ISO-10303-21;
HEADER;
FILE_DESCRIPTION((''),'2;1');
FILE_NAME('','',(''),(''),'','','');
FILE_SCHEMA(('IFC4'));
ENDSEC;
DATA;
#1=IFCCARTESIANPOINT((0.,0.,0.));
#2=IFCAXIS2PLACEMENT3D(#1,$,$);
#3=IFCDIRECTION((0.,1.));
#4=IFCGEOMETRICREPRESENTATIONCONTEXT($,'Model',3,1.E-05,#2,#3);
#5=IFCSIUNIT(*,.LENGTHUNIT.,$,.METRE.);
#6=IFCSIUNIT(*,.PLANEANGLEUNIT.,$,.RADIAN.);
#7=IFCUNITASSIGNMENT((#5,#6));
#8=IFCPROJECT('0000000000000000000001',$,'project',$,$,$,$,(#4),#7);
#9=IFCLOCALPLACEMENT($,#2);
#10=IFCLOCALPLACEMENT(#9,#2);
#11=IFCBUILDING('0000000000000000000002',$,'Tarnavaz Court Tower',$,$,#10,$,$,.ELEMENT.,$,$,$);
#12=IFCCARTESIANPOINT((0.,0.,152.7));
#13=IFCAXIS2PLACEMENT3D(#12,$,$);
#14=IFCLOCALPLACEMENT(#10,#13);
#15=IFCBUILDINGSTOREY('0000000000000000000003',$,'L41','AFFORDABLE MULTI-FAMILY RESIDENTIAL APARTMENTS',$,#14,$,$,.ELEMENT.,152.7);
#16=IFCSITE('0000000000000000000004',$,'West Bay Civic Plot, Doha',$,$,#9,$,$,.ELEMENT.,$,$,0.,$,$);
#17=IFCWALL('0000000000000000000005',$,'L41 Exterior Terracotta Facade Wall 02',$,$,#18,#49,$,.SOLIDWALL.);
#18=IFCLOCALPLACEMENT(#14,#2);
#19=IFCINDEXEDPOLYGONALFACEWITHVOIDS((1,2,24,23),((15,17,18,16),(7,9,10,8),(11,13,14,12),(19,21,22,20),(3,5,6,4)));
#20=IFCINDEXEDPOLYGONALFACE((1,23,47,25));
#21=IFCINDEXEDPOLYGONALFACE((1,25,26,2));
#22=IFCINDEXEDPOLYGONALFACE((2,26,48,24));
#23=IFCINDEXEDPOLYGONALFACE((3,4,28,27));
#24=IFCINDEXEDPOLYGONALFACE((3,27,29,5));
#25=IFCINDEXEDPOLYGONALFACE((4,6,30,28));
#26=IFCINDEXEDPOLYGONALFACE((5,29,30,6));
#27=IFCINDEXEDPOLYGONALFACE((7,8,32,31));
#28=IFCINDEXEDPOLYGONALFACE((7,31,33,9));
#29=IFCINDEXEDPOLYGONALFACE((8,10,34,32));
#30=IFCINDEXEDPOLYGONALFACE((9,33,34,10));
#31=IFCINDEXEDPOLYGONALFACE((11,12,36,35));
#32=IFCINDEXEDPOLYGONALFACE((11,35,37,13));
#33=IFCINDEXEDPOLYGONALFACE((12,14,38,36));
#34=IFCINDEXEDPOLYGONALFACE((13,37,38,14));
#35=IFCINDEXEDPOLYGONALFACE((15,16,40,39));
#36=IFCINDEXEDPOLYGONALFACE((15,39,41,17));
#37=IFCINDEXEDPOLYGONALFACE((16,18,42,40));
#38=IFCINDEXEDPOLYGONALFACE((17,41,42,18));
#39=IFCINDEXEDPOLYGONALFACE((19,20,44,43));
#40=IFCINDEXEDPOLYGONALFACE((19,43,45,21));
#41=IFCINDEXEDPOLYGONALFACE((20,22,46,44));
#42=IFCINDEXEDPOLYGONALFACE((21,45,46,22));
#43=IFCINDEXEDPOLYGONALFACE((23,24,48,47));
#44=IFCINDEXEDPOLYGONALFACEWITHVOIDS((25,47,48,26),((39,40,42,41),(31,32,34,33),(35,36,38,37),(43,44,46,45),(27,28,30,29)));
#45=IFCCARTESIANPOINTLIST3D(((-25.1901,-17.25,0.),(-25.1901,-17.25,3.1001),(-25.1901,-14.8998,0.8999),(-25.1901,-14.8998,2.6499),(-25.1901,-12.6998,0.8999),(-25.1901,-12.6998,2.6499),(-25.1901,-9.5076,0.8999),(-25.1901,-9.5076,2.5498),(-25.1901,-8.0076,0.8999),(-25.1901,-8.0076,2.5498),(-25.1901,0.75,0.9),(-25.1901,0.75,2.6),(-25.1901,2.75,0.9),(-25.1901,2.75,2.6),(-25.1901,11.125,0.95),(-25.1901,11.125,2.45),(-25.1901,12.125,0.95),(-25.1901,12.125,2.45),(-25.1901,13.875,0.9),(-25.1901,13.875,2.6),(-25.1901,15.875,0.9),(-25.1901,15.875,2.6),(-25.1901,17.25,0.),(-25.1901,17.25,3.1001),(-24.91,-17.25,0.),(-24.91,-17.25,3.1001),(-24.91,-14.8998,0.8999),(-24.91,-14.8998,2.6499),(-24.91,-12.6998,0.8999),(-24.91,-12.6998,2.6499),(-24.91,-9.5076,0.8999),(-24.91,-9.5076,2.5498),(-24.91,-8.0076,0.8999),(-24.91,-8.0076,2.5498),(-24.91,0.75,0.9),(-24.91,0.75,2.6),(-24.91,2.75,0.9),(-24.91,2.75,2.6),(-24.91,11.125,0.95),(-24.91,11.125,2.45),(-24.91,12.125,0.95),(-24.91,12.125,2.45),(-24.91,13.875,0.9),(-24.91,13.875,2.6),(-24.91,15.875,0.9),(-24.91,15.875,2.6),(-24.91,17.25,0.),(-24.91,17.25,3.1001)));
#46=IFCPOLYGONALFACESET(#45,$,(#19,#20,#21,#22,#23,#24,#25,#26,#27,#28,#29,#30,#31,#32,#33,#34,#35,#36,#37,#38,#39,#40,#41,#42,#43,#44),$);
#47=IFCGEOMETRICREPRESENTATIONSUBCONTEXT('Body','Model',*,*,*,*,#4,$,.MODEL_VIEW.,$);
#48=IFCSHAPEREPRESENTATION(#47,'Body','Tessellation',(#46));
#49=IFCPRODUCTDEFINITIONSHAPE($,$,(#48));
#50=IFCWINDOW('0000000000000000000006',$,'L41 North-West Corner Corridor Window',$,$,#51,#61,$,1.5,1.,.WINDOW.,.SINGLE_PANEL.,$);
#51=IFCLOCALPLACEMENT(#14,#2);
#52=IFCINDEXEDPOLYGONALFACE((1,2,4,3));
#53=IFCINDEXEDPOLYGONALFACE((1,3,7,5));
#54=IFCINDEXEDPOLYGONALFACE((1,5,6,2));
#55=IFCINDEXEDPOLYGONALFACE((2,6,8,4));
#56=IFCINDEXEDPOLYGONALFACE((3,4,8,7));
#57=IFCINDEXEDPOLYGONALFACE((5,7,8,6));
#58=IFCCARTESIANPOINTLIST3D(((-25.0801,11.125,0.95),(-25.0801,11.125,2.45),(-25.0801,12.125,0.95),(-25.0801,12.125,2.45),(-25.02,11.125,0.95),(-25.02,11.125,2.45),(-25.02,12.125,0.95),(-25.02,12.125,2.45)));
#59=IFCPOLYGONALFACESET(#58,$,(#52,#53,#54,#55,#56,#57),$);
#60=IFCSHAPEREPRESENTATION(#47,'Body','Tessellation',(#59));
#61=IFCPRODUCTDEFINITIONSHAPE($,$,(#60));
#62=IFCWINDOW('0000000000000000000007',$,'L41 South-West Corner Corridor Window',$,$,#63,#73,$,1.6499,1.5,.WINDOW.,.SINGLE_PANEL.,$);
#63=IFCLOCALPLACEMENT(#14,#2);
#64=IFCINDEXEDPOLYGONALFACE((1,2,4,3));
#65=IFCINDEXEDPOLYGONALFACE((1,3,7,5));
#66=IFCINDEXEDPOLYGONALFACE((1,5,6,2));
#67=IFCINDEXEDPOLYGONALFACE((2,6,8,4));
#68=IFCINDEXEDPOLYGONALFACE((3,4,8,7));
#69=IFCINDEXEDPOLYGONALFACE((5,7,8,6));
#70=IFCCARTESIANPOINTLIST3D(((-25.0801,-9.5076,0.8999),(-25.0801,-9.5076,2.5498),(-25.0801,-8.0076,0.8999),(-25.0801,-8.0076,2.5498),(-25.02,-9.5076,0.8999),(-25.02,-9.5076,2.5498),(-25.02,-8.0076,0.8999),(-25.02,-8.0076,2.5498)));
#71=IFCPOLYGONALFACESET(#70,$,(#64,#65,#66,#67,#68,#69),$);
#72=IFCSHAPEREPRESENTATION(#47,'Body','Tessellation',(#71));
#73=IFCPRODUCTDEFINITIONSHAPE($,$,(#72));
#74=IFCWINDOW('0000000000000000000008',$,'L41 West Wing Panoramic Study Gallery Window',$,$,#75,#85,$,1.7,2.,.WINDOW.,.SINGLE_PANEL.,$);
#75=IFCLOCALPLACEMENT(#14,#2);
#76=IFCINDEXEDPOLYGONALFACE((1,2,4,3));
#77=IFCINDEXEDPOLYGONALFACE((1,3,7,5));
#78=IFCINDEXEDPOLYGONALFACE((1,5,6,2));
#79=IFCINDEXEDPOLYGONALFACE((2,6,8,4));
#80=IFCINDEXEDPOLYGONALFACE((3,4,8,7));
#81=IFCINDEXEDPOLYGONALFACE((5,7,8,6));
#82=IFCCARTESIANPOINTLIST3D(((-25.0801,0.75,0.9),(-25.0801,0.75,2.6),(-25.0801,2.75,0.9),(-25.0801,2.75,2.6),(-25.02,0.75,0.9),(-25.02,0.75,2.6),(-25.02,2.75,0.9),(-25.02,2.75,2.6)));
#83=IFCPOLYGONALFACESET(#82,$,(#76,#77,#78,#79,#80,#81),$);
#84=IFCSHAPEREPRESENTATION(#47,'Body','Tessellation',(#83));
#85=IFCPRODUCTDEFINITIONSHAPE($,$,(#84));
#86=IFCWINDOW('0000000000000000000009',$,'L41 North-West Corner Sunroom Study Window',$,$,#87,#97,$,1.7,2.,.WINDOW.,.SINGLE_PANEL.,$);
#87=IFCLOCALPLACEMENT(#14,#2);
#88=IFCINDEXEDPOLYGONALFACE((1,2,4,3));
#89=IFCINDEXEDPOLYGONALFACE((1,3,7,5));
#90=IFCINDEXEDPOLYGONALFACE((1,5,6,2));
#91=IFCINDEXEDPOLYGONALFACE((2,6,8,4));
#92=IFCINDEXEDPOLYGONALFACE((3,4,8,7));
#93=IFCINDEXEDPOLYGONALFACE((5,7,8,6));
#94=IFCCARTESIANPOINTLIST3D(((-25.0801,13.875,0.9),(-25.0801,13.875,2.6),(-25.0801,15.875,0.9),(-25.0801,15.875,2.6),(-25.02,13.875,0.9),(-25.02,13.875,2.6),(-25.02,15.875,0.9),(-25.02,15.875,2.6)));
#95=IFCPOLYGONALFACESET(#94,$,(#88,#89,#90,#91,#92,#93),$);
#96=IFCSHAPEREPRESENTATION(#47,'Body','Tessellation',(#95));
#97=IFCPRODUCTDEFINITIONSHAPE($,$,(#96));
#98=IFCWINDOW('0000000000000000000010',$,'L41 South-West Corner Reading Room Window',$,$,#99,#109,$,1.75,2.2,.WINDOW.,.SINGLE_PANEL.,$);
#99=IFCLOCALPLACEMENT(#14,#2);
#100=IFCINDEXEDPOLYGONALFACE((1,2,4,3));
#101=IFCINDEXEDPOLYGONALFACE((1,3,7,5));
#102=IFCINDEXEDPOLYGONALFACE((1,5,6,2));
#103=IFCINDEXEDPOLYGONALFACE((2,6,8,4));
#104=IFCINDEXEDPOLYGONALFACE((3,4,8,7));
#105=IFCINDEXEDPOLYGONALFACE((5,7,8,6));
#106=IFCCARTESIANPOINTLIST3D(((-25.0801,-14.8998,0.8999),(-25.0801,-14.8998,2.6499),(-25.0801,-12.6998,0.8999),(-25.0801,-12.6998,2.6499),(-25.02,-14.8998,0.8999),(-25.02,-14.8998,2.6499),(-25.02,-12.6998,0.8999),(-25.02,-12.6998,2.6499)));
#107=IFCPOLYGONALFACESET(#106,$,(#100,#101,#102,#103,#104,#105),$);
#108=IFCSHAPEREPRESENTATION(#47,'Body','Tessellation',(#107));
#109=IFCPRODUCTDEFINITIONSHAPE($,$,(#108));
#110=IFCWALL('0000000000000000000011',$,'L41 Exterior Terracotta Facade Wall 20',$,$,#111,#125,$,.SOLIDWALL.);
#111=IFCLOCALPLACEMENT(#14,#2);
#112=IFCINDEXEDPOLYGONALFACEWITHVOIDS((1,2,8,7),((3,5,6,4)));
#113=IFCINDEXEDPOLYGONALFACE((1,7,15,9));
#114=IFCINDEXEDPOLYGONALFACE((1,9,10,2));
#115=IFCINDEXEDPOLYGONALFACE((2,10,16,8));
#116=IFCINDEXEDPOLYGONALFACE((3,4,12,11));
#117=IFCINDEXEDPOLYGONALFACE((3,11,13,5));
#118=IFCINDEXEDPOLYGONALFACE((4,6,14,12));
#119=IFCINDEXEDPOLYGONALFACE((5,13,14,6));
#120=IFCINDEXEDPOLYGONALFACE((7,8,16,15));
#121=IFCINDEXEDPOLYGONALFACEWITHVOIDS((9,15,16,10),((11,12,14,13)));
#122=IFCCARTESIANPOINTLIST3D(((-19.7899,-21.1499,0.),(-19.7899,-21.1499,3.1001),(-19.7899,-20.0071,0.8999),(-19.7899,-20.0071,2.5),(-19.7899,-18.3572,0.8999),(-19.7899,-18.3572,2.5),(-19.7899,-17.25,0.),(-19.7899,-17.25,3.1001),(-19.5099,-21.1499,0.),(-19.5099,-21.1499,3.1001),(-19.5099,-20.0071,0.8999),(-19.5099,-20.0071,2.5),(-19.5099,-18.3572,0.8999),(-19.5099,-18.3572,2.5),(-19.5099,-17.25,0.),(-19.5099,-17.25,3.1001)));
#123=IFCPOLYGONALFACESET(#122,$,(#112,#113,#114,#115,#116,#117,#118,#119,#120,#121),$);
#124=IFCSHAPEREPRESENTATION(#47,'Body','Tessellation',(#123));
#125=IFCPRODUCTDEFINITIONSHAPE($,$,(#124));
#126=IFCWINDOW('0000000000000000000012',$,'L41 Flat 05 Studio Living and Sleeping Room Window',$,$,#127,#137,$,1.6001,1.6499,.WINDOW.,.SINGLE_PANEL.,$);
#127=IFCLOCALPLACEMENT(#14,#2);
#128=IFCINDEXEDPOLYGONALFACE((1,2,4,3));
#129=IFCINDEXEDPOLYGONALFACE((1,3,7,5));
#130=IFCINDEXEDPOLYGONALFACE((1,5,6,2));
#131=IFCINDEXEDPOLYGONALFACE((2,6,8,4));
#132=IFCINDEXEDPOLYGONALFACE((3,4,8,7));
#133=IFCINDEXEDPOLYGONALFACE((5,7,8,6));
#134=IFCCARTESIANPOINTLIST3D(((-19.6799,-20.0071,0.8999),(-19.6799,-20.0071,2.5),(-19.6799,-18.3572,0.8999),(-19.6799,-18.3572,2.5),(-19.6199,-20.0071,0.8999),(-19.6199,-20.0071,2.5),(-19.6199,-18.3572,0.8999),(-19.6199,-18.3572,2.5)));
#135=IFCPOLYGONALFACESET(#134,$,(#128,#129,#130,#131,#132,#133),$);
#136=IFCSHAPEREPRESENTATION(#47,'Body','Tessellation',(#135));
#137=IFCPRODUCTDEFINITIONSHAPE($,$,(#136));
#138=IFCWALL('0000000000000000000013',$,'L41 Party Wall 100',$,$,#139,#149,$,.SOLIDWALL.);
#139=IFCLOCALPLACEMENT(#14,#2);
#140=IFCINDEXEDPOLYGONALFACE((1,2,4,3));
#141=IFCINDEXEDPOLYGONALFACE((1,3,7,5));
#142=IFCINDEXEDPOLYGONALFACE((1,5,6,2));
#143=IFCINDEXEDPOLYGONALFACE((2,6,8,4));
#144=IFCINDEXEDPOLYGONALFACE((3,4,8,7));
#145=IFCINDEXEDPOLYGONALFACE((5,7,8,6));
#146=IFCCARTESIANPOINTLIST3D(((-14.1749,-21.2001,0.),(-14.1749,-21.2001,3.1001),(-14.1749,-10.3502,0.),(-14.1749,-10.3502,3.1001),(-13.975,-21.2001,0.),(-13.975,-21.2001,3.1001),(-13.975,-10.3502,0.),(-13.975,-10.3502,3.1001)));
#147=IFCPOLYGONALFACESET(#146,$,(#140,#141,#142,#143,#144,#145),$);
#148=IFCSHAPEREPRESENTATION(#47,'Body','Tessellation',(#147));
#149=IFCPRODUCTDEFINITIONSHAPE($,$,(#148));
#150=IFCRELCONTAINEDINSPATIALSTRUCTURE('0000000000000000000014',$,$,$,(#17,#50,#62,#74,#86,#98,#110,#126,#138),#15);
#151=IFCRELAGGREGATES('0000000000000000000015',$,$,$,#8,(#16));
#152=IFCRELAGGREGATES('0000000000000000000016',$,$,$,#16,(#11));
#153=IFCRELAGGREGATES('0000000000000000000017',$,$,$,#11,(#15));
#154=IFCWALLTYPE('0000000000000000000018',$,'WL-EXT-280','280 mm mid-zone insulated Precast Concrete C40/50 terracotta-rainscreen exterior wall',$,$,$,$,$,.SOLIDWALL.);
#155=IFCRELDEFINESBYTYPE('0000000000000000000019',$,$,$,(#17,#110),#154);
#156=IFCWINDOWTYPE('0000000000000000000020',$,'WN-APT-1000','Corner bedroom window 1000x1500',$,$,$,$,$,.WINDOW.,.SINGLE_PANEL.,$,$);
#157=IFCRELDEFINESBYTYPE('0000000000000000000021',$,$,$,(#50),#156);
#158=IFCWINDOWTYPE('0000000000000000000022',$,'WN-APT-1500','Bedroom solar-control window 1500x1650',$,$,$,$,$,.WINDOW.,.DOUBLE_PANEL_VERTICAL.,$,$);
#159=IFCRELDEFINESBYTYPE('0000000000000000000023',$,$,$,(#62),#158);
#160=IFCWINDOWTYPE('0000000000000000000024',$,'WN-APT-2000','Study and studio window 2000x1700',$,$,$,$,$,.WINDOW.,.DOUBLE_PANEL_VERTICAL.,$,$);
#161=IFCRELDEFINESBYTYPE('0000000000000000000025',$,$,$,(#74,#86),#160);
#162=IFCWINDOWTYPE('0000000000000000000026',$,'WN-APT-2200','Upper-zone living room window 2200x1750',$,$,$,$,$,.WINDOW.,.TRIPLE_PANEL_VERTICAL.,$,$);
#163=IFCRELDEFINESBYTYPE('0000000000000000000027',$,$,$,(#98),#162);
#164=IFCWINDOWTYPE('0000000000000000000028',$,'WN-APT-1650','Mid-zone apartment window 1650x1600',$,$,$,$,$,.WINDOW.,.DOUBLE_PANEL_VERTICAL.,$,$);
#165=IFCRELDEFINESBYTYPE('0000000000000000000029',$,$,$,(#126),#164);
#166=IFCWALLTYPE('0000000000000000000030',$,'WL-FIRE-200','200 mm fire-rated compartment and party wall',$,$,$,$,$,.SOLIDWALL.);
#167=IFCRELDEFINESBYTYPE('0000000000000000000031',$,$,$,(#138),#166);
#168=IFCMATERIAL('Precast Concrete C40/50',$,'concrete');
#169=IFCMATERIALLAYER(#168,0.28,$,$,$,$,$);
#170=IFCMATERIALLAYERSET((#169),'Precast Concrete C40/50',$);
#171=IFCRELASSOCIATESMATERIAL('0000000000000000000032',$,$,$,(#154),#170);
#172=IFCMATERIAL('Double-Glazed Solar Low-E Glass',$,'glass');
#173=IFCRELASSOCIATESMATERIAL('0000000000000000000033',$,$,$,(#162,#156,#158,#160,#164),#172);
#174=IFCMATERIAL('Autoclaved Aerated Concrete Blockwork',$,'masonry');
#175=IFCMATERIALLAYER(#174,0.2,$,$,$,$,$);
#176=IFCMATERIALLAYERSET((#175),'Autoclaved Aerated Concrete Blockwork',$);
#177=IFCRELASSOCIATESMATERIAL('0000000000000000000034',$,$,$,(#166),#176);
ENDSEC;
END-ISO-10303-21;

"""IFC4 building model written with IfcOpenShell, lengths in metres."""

from ifc_helpers import new_model, si_unit, direction, frame, frame_2d, origin, place, context, subcontext, project, spatial, rectangle, extrude, material, layer, layer_set, type_object, element, fill, save


model = new_model("IFC4")

# Units and contexts
model_context = context("Model", 3, precision=1e-05, world=origin(), true_north=direction((0.0, 1.0)))
body_context = subcontext(model_context, "Body", "Model", "MODEL_VIEW")
ifc_project = project(units=[si_unit("LENGTHUNIT", "METRE"), si_unit("PLANEANGLEUNIT", "RADIAN")], contexts=[model_context])

# Site, building, storey
site_placement = place(None, origin())
site = spatial("IfcSite", under=ifc_project, at=site_placement, Name="West Bay Civic Plot, Doha", CompositionType="ELEMENT", RefElevation=0.0)
building_placement = place(site_placement, origin())
building = spatial("IfcBuilding", under=site, at=building_placement, Name="Tarnavaz Court Tower", CompositionType="ELEMENT")
storey_placement = place(building_placement, frame((0.0, 0.0, 152.7)))
storey = spatial("IfcBuildingStorey", under=building, at=storey_placement, Name="L41", Description="AFFORDABLE MULTI-FAMILY RESIDENTIAL APARTMENTS", CompositionType="ELEMENT", Elevation=152.7)

# Shared definitions
ifc_material_1 = material(Name="Precast Concrete C40/50", Category="concrete")
ifc_layer_1 = layer(ifc_material_1, 0.28)
ifc_layer_set_1 = layer_set([ifc_layer_1], Name="Precast Concrete C40/50")
wall_type_1 = type_object("IfcWallType", Name="WL-EXT-280", Description="280 mm mid-zone insulated Precast Concrete C40/50 terracotta-rainscreen exterior wall", PredefinedType="SOLIDWALL", material=ifc_layer_set_1)
ifc_material_2 = material(Name="Double-Glazed Solar Low-E Glass", Category="glass")
window_type_1 = type_object("IfcWindowType", Name="WN-APT-2200", Description="Upper-zone living room window 2200x1750", PartitioningType="TRIPLE_PANEL_VERTICAL", PredefinedType="WINDOW", material=ifc_material_2)

# Wall, openings, windows
wall_1_placement = place(storey_placement, frame((-25.05, -17.25, 0.0), z_axis=(0.0, 0.0, 1.0), x_axis=(0.0, 1.0, 0.0)))
wall_1 = element("IfcWall", 1, at=wall_1_placement, inside=storey, type_object=wall_type_1, Name="L41 Exterior Terracotta Facade Wall 02", PredefinedType="SOLIDWALL", context=body_context, shape_type="SweptSolid", body=[
    extrude(rectangle(XDim=34.5, YDim=0.28, at=frame_2d((17.25, 0.0))), origin(), (0.0, 0.0, 1.0), 3.1001),
])
opening_1_placement = place(wall_1_placement, frame((2.3501, 0.0, 0.8999)))
opening_1 = element("IfcOpeningElement", 2, at=opening_1_placement, cuts=wall_1, PredefinedType="OPENING", context=body_context, shape_type="SweptSolid", body=[
    extrude(rectangle(XDim=2.2, YDim=1.75, at=frame_2d((1.1001, 0.875))), frame((0.0, 0.1499, 0.0), z_axis=(0.0, -1.0, 0.0), x_axis=(1.0, 0.0, 0.0)), (0.0, 0.0, 1.0), 0.3),
])
opening_2_placement = place(wall_1_placement, frame((7.7424, 0.0, 0.8999)))
opening_2 = element("IfcOpeningElement", 3, at=opening_2_placement, cuts=wall_1, PredefinedType="OPENING", context=body_context, shape_type="SweptSolid", body=[
    extrude(rectangle(XDim=1.5, YDim=1.6499, at=frame_2d((0.75, 0.825))), frame((0.0, 0.1499, 0.0), z_axis=(0.0, -1.0, 0.0), x_axis=(1.0, 0.0, 0.0)), (0.0, 0.0, 1.0), 0.3),
])
opening_3_placement = place(wall_1_placement, frame((18.0, 0.0, 0.8999)))
opening_3 = element("IfcOpeningElement", 4, at=opening_3_placement, cuts=wall_1, PredefinedType="OPENING", context=body_context, shape_type="SweptSolid", body=[
    extrude(rectangle(XDim=2.0, YDim=1.7, at=frame_2d((1.0, 0.8501))), frame((0.0, 0.1499, 0.0), z_axis=(0.0, -1.0, 0.0), x_axis=(1.0, 0.0, 0.0)), (0.0, 0.0, 1.0), 0.3),
])
opening_4_placement = place(wall_1_placement, frame((28.375, 0.0, 0.95)))
opening_4 = element("IfcOpeningElement", 5, at=opening_4_placement, cuts=wall_1, PredefinedType="OPENING", context=body_context, shape_type="SweptSolid", body=[
    extrude(rectangle(XDim=1.0, YDim=1.5, at=frame_2d((0.5, 0.75))), frame((0.0, 0.1499, 0.0), z_axis=(0.0, -1.0, 0.0), x_axis=(1.0, 0.0, 0.0)), (0.0, 0.0, 1.0), 0.3),
])
opening_5_placement = place(wall_1_placement, frame((31.125, 0.0, 0.8999)))
opening_5 = element("IfcOpeningElement", 6, at=opening_5_placement, cuts=wall_1, PredefinedType="OPENING", context=body_context, shape_type="SweptSolid", body=[
    extrude(rectangle(XDim=2.0, YDim=1.7, at=frame_2d((1.0, 0.8501))), frame((0.0, 0.1499, 0.0), z_axis=(0.0, -1.0, 0.0), x_axis=(1.0, 0.0, 0.0)), (0.0, 0.0, 1.0), 0.3),
])
window_type_2 = type_object("IfcWindowType", Name="WN-APT-1000", Description="Corner bedroom window 1000x1500", PartitioningType="SINGLE_PANEL", PredefinedType="WINDOW", material=ifc_material_2)
window_1_placement = place(opening_4_placement, origin())
window_1 = element("IfcWindow", 7, at=window_1_placement, inside=storey, type_object=window_type_2, Name="L41 North-West Corner Corridor Window", OverallHeight=1.5, OverallWidth=1.0, PartitioningType="SINGLE_PANEL", PredefinedType="WINDOW", context=body_context, shape_type="SweptSolid", body=[
    extrude(rectangle(XDim=1.0, YDim=1.5, at=frame_2d((0.5, 0.75))), frame((0.0, 0.03, 0.0), z_axis=(0.0, -1.0, 0.0), x_axis=(1.0, 0.0, 0.0)), (0.0, 0.0, 1.0), 0.0601),
])
fill(opening_4, window_1)
window_type_3 = type_object("IfcWindowType", Name="WN-APT-1500", Description="Bedroom solar-control window 1500x1650", PartitioningType="DOUBLE_PANEL_VERTICAL", PredefinedType="WINDOW", material=ifc_material_2)
window_2_placement = place(opening_2_placement, origin())
window_2 = element("IfcWindow", 8, at=window_2_placement, inside=storey, type_object=window_type_3, Name="L41 South-West Corner Corridor Window", OverallHeight=1.6499, OverallWidth=1.5, PartitioningType="SINGLE_PANEL", PredefinedType="WINDOW", context=body_context, shape_type="SweptSolid", body=[
    extrude(rectangle(XDim=1.5, YDim=1.6499, at=frame_2d((0.75, 0.825))), frame((0.0, 0.03, 0.0), z_axis=(0.0, -1.0, 0.0), x_axis=(1.0, 0.0, 0.0)), (0.0, 0.0, 1.0), 0.0601),
])
fill(opening_2, window_2)
window_type_4 = type_object("IfcWindowType", Name="WN-APT-2000", Description="Study and studio window 2000x1700", PartitioningType="DOUBLE_PANEL_VERTICAL", PredefinedType="WINDOW", material=ifc_material_2)
window_3_placement = place(opening_3_placement, origin())
window_3 = element("IfcWindow", 9, at=window_3_placement, inside=storey, type_object=window_type_4, Name="L41 West Wing Panoramic Study Gallery Window", OverallHeight=1.7, OverallWidth=2.0, PartitioningType="SINGLE_PANEL", PredefinedType="WINDOW", context=body_context, shape_type="SweptSolid", body=[
    extrude(rectangle(XDim=2.0, YDim=1.7, at=frame_2d((1.0, 0.8501))), frame((0.0, 0.03, 0.0), z_axis=(0.0, -1.0, 0.0), x_axis=(1.0, 0.0, 0.0)), (0.0, 0.0, 1.0), 0.0601),
])
fill(opening_3, window_3)
window_4_placement = place(opening_5_placement, origin())
window_4 = element("IfcWindow", 10, at=window_4_placement, inside=storey, type_object=window_type_4, Name="L41 North-West Corner Sunroom Study Window", OverallHeight=1.7, OverallWidth=2.0, PartitioningType="SINGLE_PANEL", PredefinedType="WINDOW", context=body_context, shape_type="SweptSolid", body=[
    extrude(rectangle(XDim=2.0, YDim=1.7, at=frame_2d((1.0, 0.8501))), frame((0.0, 0.03, 0.0), z_axis=(0.0, -1.0, 0.0), x_axis=(1.0, 0.0, 0.0)), (0.0, 0.0, 1.0), 0.0601),
])
fill(opening_5, window_4)
window_5_placement = place(opening_1_placement, origin())
window_5 = element("IfcWindow", 11, at=window_5_placement, inside=storey, type_object=window_type_1, Name="L41 South-West Corner Reading Room Window", OverallHeight=1.75, OverallWidth=2.2, PartitioningType="SINGLE_PANEL", PredefinedType="WINDOW", context=body_context, shape_type="SweptSolid", body=[
    extrude(rectangle(XDim=2.2, YDim=1.75, at=frame_2d((1.1001, 0.875))), frame((0.0, 0.03, 0.0), z_axis=(0.0, -1.0, 0.0), x_axis=(1.0, 0.0, 0.0)), (0.0, 0.0, 1.0), 0.0601),
])
fill(opening_1, window_5)

# Wall, opening, window
wall_2_placement = place(storey_placement, frame((-19.6499, -21.1499, 0.0), z_axis=(0.0, 0.0, 1.0), x_axis=(0.0, 1.0, 0.0)))
wall_2 = element("IfcWall", 12, at=wall_2_placement, inside=storey, type_object=wall_type_1, Name="L41 Exterior Terracotta Facade Wall 20", PredefinedType="SOLIDWALL", context=body_context, shape_type="SweptSolid", body=[
    extrude(rectangle(XDim=3.8999, YDim=0.28, at=frame_2d((1.95, 0.0))), origin(), (0.0, 0.0, 1.0), 3.1001),
])
opening_6_placement = place(wall_2_placement, frame((1.1428, 0.0, 0.8999)))
opening_6 = element("IfcOpeningElement", 13, at=opening_6_placement, cuts=wall_2, PredefinedType="OPENING", context=body_context, shape_type="SweptSolid", body=[
    extrude(rectangle(XDim=1.6499, YDim=1.6001, at=frame_2d((0.825, 0.8))), frame((0.0, 0.1499, 0.0), z_axis=(0.0, -1.0, 0.0), x_axis=(1.0, 0.0, 0.0)), (0.0, 0.0, 1.0), 0.3),
])
window_type_5 = type_object("IfcWindowType", Name="WN-APT-1650", Description="Mid-zone apartment window 1650x1600", PartitioningType="DOUBLE_PANEL_VERTICAL", PredefinedType="WINDOW", material=ifc_material_2)
window_6_placement = place(opening_6_placement, origin())
window_6 = element("IfcWindow", 14, at=window_6_placement, inside=storey, type_object=window_type_5, Name="L41 Flat 05 Studio Living and Sleeping Room Window", OverallHeight=1.6001, OverallWidth=1.6499, PartitioningType="SINGLE_PANEL", PredefinedType="WINDOW", context=body_context, shape_type="SweptSolid", body=[
    extrude(rectangle(XDim=1.6499, YDim=1.6001, at=frame_2d((0.825, 0.8))), frame((0.0, 0.03, 0.0), z_axis=(0.0, -1.0, 0.0), x_axis=(1.0, 0.0, 0.0)), (0.0, 0.0, 1.0), 0.0601),
])
fill(opening_6, window_6)

# Wall
ifc_material_3 = material(Name="Autoclaved Aerated Concrete Blockwork", Category="masonry")
ifc_layer_2 = layer(ifc_material_3, 0.2)
ifc_layer_set_2 = layer_set([ifc_layer_2], Name="Autoclaved Aerated Concrete Blockwork")
wall_type_2 = type_object("IfcWallType", Name="WL-FIRE-200", Description="200 mm fire-rated compartment and party wall", PredefinedType="SOLIDWALL", material=ifc_layer_set_2)
wall_3_placement = place(storey_placement, frame((-14.075, -21.2, 0.0), z_axis=(0.0, 0.0, 1.0), x_axis=(0.0, 1.0, 0.0)))
element("IfcWall", 15, at=wall_3_placement, inside=storey, type_object=wall_type_2, Name="L41 Party Wall 100", PredefinedType="SOLIDWALL", context=body_context, shape_type="SweptSolid", body=[
    extrude(rectangle(XDim=10.8499, YDim=0.2, at=frame_2d((5.4248, 0.0))), origin(), (0.0, 0.0, 1.0), 3.1001),
])

save(model, "model.ifc")
